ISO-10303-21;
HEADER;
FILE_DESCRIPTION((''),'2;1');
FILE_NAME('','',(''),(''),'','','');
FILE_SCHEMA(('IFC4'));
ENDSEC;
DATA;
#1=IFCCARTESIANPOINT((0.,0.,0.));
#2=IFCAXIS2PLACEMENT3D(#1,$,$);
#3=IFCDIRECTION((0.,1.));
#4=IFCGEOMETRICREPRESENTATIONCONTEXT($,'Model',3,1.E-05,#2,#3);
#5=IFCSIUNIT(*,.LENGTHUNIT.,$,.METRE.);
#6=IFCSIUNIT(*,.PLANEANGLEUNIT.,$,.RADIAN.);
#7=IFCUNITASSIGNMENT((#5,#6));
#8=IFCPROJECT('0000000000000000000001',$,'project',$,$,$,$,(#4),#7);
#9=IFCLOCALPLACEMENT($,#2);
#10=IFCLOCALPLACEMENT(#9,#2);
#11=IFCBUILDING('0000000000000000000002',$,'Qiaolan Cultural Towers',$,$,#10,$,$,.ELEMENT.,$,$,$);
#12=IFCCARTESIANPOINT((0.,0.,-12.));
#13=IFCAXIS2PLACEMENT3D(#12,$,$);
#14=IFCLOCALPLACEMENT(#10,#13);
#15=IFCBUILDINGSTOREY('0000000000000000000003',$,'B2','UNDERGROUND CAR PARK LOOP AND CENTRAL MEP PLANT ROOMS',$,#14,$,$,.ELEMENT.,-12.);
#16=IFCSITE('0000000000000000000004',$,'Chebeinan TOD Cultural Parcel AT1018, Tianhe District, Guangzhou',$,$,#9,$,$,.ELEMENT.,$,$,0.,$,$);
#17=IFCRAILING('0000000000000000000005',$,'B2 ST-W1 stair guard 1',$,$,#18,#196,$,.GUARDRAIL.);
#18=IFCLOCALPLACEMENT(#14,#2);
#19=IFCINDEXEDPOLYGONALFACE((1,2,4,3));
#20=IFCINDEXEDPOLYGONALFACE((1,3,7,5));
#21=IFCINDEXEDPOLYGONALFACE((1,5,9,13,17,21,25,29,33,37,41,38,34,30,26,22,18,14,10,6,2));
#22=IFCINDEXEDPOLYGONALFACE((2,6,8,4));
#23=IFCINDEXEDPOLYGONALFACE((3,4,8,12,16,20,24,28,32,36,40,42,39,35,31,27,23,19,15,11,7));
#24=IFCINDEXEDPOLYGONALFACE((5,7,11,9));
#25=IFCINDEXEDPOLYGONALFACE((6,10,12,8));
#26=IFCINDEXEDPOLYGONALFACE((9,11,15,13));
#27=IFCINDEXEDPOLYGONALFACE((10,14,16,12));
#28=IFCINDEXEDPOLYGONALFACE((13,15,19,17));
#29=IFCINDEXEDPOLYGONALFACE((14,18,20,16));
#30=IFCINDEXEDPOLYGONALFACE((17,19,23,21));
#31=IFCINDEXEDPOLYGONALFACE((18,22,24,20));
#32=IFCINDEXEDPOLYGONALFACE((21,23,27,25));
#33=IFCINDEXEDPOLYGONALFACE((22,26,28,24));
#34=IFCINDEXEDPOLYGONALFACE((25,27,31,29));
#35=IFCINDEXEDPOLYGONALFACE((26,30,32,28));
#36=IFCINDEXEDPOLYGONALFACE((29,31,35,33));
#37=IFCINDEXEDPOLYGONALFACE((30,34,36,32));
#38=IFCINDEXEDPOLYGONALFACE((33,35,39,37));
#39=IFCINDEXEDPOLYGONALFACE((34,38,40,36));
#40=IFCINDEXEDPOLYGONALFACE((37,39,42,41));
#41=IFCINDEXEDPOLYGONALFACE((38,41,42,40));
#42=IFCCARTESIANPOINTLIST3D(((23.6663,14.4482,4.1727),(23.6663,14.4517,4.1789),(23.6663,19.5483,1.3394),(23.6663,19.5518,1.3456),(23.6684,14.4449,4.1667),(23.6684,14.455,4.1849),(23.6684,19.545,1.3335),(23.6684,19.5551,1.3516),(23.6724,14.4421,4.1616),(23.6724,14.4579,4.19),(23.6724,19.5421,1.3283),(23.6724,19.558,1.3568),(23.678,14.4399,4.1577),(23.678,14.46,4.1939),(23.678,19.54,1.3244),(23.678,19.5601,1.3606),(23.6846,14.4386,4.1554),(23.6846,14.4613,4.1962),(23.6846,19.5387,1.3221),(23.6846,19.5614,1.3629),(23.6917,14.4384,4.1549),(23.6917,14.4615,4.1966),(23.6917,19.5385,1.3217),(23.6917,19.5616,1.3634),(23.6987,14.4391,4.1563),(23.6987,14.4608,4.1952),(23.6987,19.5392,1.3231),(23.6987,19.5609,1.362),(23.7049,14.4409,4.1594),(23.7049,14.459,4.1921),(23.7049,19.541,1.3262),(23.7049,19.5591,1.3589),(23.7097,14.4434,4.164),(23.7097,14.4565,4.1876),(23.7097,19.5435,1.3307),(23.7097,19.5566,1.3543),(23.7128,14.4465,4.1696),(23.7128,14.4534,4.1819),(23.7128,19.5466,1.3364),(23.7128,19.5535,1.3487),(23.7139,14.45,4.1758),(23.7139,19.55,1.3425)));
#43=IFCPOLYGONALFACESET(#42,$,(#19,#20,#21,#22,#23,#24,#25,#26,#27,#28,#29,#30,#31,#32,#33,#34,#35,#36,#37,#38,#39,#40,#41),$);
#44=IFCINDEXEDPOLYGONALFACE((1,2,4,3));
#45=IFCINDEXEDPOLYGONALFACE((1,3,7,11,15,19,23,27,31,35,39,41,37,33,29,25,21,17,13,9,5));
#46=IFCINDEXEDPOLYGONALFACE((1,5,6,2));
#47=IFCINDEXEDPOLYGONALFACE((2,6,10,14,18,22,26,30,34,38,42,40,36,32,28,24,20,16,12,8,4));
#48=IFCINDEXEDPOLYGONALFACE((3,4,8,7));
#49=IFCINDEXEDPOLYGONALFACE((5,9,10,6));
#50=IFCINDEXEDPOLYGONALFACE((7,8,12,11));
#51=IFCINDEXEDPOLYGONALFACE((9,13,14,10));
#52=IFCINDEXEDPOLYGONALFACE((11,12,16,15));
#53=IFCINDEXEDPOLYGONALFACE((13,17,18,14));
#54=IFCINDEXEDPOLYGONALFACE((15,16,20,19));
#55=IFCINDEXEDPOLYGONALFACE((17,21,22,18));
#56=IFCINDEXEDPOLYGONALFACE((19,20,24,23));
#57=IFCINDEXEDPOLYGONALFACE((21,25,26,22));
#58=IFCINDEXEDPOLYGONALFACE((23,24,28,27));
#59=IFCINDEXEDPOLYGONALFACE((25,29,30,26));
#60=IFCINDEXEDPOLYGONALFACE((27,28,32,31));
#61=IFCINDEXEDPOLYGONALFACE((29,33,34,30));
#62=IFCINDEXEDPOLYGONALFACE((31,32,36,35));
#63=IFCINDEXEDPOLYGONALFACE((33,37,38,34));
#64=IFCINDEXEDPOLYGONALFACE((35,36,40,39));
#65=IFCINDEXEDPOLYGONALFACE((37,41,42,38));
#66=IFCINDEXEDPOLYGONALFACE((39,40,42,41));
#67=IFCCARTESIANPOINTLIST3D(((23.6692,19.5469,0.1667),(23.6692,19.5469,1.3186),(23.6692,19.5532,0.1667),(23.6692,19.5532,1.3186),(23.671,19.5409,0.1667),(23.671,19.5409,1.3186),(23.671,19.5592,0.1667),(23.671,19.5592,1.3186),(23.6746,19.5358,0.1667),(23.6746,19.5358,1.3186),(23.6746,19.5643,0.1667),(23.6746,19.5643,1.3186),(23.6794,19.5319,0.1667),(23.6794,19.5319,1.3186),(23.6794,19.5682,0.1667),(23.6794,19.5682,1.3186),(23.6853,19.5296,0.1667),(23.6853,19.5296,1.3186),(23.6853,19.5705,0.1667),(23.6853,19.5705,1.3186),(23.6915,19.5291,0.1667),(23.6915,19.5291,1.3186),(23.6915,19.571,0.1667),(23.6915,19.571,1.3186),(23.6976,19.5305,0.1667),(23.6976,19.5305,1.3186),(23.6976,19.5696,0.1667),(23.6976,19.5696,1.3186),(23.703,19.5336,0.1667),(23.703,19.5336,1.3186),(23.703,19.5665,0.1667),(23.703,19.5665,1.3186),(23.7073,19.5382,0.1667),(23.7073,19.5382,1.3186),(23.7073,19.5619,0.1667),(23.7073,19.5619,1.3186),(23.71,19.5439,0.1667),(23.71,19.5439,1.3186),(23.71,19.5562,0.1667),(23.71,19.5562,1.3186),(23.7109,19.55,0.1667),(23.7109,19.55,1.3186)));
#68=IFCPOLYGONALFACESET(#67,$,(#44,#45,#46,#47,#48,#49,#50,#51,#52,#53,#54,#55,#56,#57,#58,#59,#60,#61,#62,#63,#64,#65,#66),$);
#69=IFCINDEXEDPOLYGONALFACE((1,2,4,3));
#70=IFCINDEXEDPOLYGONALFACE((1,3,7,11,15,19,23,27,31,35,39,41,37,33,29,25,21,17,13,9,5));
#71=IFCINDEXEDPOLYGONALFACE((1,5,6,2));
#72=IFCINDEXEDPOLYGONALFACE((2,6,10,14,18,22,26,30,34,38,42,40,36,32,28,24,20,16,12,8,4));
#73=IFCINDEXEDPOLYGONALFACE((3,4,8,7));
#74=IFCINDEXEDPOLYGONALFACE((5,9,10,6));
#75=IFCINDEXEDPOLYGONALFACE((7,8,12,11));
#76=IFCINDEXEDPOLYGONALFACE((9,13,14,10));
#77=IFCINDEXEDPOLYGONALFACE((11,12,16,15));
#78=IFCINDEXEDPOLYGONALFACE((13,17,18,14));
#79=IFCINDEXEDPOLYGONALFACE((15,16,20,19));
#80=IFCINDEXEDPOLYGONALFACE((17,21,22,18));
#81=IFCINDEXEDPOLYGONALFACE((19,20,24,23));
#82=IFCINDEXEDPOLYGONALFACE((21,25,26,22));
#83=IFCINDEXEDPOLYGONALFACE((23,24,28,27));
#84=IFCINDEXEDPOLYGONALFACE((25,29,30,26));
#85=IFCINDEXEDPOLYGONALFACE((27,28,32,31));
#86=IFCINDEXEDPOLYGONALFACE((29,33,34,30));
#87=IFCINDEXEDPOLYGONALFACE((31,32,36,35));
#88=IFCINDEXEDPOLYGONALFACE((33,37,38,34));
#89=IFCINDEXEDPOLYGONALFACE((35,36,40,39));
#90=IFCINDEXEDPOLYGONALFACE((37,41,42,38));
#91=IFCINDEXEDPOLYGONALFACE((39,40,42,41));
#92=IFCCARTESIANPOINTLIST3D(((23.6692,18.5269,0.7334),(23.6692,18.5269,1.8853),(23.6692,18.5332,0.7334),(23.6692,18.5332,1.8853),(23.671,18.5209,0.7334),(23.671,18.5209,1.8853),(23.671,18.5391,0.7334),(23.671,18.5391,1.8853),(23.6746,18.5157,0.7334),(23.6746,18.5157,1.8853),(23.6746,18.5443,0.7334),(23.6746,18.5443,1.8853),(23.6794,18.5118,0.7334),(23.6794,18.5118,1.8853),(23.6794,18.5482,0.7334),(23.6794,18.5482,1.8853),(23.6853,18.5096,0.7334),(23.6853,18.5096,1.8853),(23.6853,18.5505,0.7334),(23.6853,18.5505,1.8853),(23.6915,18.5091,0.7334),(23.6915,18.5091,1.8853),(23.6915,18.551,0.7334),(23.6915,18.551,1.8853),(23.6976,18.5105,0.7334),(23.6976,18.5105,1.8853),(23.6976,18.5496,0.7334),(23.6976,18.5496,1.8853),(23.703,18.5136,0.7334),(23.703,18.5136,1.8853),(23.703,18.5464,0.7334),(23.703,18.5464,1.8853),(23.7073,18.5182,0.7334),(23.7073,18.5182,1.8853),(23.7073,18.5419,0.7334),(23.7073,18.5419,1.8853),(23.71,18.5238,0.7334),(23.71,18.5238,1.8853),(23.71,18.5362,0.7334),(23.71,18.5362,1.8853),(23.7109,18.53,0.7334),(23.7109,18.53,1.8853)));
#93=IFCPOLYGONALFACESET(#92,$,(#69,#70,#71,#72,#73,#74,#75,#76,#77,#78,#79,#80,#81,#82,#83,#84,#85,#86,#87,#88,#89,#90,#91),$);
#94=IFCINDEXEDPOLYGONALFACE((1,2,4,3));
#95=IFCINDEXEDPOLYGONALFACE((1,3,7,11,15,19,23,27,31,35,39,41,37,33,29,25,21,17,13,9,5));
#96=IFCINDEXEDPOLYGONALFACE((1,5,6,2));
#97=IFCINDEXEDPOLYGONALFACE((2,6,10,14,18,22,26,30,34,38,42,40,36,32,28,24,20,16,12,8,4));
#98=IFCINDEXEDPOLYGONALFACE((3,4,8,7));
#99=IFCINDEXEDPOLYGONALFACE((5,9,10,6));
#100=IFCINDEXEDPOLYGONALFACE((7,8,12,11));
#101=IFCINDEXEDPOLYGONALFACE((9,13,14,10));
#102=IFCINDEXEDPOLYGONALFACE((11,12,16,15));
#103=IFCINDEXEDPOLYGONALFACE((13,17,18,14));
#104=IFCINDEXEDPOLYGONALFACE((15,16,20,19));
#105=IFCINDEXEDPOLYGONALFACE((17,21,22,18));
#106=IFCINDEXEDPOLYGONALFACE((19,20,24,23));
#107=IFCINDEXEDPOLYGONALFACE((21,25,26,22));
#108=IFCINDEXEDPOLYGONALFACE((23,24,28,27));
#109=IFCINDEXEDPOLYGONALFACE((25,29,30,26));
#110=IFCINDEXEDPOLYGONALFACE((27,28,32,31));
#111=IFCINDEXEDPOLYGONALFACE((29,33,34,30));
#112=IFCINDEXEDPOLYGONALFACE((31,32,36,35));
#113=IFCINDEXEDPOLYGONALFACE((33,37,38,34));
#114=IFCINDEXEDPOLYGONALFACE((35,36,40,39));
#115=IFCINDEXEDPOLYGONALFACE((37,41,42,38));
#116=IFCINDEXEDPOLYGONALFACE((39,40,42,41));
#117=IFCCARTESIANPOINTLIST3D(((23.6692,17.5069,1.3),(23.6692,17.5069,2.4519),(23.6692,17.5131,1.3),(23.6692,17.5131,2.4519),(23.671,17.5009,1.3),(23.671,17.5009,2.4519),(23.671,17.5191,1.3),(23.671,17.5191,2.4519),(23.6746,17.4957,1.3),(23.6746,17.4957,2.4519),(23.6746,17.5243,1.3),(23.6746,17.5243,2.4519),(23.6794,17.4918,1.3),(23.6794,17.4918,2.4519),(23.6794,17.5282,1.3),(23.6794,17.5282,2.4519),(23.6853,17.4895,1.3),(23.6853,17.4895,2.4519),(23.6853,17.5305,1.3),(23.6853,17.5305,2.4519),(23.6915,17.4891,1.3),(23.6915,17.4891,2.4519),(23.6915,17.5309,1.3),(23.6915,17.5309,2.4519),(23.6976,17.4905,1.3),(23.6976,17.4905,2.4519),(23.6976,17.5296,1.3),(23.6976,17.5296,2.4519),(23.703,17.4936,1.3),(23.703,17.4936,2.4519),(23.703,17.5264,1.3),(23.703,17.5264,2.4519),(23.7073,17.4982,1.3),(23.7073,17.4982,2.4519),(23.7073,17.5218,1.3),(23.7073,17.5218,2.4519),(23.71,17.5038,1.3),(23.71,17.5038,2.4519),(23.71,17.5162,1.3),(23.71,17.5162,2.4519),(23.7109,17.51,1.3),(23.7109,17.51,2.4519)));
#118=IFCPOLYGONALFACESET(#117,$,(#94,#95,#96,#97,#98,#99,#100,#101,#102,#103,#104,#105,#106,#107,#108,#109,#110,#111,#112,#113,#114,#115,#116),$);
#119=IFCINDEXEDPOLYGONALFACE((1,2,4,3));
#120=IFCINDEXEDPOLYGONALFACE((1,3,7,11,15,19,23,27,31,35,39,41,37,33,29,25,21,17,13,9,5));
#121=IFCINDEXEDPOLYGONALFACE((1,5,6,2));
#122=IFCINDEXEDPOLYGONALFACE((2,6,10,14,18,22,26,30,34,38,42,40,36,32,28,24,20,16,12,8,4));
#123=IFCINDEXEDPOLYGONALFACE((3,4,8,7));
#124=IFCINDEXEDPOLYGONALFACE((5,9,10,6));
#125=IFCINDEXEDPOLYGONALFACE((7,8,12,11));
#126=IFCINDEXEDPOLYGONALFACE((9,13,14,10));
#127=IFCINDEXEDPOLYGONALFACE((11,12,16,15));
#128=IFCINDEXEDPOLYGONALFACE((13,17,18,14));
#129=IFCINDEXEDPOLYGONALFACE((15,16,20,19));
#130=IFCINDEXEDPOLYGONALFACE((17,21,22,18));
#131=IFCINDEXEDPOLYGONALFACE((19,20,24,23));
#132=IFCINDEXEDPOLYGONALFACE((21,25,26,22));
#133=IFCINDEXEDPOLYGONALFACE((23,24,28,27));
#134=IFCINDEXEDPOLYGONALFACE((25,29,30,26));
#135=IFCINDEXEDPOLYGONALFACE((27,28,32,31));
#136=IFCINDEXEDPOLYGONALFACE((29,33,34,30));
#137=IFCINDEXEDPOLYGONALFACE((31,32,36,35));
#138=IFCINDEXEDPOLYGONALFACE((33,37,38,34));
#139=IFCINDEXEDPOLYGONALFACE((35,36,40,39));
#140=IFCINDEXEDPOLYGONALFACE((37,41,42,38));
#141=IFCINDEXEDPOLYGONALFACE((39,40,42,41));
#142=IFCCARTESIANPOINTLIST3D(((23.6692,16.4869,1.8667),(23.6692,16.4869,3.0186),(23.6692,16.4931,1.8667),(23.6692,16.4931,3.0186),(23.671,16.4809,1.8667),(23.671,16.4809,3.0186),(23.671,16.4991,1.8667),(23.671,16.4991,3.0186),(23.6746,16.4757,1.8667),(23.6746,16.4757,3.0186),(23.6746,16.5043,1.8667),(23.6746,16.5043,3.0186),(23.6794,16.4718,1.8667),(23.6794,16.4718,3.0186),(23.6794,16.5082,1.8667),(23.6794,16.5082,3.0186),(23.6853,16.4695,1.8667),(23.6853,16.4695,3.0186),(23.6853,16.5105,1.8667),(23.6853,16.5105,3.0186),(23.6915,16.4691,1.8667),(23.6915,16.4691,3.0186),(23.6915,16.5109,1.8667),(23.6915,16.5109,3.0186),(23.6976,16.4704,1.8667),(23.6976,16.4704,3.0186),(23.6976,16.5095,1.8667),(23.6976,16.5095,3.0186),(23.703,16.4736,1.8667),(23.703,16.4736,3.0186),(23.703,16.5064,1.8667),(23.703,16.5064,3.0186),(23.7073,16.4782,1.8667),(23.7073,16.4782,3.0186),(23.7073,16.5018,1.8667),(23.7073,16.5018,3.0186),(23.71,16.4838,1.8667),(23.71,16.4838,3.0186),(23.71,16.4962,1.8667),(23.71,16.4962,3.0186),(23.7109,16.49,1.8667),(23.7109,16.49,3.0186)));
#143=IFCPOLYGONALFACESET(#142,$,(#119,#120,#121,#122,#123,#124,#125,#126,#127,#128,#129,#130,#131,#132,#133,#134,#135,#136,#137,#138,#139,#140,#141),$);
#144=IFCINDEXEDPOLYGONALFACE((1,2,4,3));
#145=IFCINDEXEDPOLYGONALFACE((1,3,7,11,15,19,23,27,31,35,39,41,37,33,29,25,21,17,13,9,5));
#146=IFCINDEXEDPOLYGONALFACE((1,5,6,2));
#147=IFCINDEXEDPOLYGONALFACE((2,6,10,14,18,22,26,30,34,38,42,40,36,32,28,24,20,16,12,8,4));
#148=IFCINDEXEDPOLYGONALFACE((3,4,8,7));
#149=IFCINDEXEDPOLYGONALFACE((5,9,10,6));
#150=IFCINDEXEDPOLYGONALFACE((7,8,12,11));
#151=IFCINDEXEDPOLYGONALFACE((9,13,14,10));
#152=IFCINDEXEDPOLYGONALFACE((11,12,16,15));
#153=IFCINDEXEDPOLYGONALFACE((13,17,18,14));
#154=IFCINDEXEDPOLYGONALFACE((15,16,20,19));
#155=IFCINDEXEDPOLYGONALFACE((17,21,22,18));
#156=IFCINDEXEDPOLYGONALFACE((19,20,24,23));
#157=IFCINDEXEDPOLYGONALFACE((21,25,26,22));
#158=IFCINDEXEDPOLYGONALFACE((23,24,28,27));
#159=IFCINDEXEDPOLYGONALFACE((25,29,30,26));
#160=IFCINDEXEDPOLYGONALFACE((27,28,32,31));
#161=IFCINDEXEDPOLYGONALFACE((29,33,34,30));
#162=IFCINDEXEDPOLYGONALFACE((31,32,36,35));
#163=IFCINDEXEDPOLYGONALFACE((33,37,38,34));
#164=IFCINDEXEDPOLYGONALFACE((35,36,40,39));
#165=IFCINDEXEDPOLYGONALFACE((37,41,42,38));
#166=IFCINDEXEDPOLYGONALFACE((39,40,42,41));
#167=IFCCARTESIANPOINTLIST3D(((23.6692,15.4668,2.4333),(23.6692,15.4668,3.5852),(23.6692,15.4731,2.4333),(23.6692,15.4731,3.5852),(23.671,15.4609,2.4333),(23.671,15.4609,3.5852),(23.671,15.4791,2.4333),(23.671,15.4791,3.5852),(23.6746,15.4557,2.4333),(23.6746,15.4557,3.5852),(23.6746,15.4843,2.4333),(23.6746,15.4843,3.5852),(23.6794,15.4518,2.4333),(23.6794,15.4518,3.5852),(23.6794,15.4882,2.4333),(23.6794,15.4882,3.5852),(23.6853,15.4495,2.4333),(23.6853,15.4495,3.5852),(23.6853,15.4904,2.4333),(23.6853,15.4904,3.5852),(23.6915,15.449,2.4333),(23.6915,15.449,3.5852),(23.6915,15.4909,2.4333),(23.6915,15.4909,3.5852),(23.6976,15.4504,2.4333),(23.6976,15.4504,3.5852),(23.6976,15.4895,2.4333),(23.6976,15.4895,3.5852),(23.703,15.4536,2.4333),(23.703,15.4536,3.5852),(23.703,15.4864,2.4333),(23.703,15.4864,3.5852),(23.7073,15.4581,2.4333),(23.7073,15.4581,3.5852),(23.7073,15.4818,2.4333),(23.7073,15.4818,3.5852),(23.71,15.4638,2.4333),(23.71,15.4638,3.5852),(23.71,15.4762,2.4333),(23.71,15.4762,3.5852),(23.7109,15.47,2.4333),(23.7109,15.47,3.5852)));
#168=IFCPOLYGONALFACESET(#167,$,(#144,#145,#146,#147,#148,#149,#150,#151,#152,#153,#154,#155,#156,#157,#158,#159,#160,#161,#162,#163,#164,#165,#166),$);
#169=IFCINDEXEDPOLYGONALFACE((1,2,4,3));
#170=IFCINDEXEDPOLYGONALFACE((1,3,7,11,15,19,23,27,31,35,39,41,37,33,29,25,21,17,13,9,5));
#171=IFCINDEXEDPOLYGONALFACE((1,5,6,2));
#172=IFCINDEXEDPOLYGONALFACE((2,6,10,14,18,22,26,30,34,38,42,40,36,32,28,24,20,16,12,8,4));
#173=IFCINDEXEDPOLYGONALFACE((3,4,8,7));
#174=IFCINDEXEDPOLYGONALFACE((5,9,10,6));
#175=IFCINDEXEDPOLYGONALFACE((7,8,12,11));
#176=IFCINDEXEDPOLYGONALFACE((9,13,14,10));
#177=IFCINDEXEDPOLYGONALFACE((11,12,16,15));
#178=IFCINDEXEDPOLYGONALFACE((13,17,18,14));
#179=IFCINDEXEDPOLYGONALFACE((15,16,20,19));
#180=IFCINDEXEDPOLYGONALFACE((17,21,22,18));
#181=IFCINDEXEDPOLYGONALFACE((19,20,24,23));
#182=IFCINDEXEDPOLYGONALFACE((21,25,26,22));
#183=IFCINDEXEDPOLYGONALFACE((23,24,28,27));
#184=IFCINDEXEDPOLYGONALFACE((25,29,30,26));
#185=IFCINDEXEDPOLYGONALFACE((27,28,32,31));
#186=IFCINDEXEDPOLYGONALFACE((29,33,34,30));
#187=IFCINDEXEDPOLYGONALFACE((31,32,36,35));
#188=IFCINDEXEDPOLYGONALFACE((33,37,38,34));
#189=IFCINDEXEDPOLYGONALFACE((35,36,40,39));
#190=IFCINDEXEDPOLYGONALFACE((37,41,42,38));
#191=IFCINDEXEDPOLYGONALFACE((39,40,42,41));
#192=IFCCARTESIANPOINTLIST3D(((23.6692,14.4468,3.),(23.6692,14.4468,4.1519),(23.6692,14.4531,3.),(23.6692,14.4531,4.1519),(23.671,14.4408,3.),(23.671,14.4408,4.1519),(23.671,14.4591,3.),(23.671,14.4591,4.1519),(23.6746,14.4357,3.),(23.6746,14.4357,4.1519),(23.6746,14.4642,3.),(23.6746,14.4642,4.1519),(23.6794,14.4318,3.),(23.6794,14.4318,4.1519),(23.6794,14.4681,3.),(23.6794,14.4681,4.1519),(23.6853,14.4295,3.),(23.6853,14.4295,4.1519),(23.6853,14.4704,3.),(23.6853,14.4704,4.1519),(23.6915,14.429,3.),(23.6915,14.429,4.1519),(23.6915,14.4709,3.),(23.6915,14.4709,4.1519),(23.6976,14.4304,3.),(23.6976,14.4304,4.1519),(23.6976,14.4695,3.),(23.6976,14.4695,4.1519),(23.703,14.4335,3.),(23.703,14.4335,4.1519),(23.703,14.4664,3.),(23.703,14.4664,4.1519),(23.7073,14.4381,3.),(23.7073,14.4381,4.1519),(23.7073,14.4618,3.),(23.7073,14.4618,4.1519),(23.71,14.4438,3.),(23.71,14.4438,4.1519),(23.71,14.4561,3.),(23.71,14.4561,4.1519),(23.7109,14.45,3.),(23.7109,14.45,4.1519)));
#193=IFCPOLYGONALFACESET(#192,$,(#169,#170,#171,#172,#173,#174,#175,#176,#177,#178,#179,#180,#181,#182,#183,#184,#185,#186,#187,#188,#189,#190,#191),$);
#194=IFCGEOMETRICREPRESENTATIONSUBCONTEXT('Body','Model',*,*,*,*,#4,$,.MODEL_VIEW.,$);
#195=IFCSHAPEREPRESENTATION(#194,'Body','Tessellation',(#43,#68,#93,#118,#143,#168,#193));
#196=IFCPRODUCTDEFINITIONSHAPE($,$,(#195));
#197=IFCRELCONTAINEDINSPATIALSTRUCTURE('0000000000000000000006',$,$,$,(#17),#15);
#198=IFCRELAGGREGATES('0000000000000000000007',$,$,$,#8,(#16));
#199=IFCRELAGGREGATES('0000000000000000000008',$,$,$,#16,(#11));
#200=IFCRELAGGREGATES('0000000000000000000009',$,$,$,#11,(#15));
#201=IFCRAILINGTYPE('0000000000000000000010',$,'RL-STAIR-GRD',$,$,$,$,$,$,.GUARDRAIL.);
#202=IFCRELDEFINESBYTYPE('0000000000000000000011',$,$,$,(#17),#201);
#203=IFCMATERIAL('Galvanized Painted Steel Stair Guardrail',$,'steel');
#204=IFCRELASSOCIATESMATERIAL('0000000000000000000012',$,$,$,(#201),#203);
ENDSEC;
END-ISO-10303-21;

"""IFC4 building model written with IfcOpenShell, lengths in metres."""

from ifc_helpers import new_model, si_unit, direction, frame, origin, origin_2d, place, context, subcontext, project, spatial, circle, extrude, material, type_object, element, save


model = new_model("IFC4")

# Units and contexts
model_context = context("Model", 3, precision=1e-05, world=origin(), true_north=direction((0.0, 1.0)))
body_context = subcontext(model_context, "Body", "Model", "MODEL_VIEW")
ifc_project = project(units=[si_unit("LENGTHUNIT", "METRE"), si_unit("PLANEANGLEUNIT", "RADIAN")], contexts=[model_context])

# Site, building, storey
site_placement = place(None, origin())
site = spatial("IfcSite", under=ifc_project, at=site_placement, Name="Chebeinan TOD Cultural Parcel AT1018, Tianhe District, Guangzhou", CompositionType="ELEMENT", RefElevation=0.0)
building_placement = place(site_placement, origin())
building = spatial("IfcBuilding", under=site, at=building_placement, Name="Qiaolan Cultural Towers", CompositionType="ELEMENT")
storey_placement = place(building_placement, frame((0.0, 0.0, -12.0)))
storey = spatial("IfcBuildingStorey", under=building, at=storey_placement, Name="B2", Description="UNDERGROUND CAR PARK LOOP AND CENTRAL MEP PLANT ROOMS", CompositionType="ELEMENT", Elevation=-12.0)

# Railing
ifc_material_1 = material(Name="Galvanized Painted Steel Stair Guardrail", Category="steel")
railing_type_1 = type_object("IfcRailingType", Name="RL-STAIR-GRD", PredefinedType="GUARDRAIL", material=ifc_material_1)
railing_1_placement = place(storey_placement, frame((23.6899, 19.55, 0.1667)))
element("IfcRailing", 1, at=railing_1_placement, inside=storey, type_object=railing_type_1, Name="B2 ST-W1 stair guard 1", PredefinedType="GUARDRAIL", context=body_context, shape_type="SweptSolid", body=[
    extrude(circle(Radius=0.0239, at=origin_2d()), frame((0.0, 0.0, 1.1758), z_axis=(0.0, -0.874167, 0.485625), x_axis=(1.0, 0.0, 0.0)), (0.0, 0.0, 1.0), 5.8342),
    extrude(circle(Radius=0.021, at=origin_2d()), origin(), (0.0, 0.0, 1.0), 1.1519),
    extrude(circle(Radius=0.021, at=origin_2d()), frame((0.0, -1.02, 0.5667)), (0.0, 0.0, 1.0), 1.1519),
    extrude(circle(Radius=0.021, at=origin_2d()), frame((0.0, -2.04, 1.1333)), (0.0, 0.0, 1.0), 1.1519),
    extrude(circle(Radius=0.021, at=origin_2d()), frame((0.0, -3.0601, 1.7)), (0.0, 0.0, 1.0), 1.1519),
    extrude(circle(Radius=0.021, at=origin_2d()), frame((0.0, -4.0801, 2.2666)), (0.0, 0.0, 1.0), 1.1519),
    extrude(circle(Radius=0.021, at=origin_2d()), frame((0.0, -5.1001, 2.8333)), (0.0, 0.0, 1.0), 1.1519),
])

save(model, "model.ifc")
